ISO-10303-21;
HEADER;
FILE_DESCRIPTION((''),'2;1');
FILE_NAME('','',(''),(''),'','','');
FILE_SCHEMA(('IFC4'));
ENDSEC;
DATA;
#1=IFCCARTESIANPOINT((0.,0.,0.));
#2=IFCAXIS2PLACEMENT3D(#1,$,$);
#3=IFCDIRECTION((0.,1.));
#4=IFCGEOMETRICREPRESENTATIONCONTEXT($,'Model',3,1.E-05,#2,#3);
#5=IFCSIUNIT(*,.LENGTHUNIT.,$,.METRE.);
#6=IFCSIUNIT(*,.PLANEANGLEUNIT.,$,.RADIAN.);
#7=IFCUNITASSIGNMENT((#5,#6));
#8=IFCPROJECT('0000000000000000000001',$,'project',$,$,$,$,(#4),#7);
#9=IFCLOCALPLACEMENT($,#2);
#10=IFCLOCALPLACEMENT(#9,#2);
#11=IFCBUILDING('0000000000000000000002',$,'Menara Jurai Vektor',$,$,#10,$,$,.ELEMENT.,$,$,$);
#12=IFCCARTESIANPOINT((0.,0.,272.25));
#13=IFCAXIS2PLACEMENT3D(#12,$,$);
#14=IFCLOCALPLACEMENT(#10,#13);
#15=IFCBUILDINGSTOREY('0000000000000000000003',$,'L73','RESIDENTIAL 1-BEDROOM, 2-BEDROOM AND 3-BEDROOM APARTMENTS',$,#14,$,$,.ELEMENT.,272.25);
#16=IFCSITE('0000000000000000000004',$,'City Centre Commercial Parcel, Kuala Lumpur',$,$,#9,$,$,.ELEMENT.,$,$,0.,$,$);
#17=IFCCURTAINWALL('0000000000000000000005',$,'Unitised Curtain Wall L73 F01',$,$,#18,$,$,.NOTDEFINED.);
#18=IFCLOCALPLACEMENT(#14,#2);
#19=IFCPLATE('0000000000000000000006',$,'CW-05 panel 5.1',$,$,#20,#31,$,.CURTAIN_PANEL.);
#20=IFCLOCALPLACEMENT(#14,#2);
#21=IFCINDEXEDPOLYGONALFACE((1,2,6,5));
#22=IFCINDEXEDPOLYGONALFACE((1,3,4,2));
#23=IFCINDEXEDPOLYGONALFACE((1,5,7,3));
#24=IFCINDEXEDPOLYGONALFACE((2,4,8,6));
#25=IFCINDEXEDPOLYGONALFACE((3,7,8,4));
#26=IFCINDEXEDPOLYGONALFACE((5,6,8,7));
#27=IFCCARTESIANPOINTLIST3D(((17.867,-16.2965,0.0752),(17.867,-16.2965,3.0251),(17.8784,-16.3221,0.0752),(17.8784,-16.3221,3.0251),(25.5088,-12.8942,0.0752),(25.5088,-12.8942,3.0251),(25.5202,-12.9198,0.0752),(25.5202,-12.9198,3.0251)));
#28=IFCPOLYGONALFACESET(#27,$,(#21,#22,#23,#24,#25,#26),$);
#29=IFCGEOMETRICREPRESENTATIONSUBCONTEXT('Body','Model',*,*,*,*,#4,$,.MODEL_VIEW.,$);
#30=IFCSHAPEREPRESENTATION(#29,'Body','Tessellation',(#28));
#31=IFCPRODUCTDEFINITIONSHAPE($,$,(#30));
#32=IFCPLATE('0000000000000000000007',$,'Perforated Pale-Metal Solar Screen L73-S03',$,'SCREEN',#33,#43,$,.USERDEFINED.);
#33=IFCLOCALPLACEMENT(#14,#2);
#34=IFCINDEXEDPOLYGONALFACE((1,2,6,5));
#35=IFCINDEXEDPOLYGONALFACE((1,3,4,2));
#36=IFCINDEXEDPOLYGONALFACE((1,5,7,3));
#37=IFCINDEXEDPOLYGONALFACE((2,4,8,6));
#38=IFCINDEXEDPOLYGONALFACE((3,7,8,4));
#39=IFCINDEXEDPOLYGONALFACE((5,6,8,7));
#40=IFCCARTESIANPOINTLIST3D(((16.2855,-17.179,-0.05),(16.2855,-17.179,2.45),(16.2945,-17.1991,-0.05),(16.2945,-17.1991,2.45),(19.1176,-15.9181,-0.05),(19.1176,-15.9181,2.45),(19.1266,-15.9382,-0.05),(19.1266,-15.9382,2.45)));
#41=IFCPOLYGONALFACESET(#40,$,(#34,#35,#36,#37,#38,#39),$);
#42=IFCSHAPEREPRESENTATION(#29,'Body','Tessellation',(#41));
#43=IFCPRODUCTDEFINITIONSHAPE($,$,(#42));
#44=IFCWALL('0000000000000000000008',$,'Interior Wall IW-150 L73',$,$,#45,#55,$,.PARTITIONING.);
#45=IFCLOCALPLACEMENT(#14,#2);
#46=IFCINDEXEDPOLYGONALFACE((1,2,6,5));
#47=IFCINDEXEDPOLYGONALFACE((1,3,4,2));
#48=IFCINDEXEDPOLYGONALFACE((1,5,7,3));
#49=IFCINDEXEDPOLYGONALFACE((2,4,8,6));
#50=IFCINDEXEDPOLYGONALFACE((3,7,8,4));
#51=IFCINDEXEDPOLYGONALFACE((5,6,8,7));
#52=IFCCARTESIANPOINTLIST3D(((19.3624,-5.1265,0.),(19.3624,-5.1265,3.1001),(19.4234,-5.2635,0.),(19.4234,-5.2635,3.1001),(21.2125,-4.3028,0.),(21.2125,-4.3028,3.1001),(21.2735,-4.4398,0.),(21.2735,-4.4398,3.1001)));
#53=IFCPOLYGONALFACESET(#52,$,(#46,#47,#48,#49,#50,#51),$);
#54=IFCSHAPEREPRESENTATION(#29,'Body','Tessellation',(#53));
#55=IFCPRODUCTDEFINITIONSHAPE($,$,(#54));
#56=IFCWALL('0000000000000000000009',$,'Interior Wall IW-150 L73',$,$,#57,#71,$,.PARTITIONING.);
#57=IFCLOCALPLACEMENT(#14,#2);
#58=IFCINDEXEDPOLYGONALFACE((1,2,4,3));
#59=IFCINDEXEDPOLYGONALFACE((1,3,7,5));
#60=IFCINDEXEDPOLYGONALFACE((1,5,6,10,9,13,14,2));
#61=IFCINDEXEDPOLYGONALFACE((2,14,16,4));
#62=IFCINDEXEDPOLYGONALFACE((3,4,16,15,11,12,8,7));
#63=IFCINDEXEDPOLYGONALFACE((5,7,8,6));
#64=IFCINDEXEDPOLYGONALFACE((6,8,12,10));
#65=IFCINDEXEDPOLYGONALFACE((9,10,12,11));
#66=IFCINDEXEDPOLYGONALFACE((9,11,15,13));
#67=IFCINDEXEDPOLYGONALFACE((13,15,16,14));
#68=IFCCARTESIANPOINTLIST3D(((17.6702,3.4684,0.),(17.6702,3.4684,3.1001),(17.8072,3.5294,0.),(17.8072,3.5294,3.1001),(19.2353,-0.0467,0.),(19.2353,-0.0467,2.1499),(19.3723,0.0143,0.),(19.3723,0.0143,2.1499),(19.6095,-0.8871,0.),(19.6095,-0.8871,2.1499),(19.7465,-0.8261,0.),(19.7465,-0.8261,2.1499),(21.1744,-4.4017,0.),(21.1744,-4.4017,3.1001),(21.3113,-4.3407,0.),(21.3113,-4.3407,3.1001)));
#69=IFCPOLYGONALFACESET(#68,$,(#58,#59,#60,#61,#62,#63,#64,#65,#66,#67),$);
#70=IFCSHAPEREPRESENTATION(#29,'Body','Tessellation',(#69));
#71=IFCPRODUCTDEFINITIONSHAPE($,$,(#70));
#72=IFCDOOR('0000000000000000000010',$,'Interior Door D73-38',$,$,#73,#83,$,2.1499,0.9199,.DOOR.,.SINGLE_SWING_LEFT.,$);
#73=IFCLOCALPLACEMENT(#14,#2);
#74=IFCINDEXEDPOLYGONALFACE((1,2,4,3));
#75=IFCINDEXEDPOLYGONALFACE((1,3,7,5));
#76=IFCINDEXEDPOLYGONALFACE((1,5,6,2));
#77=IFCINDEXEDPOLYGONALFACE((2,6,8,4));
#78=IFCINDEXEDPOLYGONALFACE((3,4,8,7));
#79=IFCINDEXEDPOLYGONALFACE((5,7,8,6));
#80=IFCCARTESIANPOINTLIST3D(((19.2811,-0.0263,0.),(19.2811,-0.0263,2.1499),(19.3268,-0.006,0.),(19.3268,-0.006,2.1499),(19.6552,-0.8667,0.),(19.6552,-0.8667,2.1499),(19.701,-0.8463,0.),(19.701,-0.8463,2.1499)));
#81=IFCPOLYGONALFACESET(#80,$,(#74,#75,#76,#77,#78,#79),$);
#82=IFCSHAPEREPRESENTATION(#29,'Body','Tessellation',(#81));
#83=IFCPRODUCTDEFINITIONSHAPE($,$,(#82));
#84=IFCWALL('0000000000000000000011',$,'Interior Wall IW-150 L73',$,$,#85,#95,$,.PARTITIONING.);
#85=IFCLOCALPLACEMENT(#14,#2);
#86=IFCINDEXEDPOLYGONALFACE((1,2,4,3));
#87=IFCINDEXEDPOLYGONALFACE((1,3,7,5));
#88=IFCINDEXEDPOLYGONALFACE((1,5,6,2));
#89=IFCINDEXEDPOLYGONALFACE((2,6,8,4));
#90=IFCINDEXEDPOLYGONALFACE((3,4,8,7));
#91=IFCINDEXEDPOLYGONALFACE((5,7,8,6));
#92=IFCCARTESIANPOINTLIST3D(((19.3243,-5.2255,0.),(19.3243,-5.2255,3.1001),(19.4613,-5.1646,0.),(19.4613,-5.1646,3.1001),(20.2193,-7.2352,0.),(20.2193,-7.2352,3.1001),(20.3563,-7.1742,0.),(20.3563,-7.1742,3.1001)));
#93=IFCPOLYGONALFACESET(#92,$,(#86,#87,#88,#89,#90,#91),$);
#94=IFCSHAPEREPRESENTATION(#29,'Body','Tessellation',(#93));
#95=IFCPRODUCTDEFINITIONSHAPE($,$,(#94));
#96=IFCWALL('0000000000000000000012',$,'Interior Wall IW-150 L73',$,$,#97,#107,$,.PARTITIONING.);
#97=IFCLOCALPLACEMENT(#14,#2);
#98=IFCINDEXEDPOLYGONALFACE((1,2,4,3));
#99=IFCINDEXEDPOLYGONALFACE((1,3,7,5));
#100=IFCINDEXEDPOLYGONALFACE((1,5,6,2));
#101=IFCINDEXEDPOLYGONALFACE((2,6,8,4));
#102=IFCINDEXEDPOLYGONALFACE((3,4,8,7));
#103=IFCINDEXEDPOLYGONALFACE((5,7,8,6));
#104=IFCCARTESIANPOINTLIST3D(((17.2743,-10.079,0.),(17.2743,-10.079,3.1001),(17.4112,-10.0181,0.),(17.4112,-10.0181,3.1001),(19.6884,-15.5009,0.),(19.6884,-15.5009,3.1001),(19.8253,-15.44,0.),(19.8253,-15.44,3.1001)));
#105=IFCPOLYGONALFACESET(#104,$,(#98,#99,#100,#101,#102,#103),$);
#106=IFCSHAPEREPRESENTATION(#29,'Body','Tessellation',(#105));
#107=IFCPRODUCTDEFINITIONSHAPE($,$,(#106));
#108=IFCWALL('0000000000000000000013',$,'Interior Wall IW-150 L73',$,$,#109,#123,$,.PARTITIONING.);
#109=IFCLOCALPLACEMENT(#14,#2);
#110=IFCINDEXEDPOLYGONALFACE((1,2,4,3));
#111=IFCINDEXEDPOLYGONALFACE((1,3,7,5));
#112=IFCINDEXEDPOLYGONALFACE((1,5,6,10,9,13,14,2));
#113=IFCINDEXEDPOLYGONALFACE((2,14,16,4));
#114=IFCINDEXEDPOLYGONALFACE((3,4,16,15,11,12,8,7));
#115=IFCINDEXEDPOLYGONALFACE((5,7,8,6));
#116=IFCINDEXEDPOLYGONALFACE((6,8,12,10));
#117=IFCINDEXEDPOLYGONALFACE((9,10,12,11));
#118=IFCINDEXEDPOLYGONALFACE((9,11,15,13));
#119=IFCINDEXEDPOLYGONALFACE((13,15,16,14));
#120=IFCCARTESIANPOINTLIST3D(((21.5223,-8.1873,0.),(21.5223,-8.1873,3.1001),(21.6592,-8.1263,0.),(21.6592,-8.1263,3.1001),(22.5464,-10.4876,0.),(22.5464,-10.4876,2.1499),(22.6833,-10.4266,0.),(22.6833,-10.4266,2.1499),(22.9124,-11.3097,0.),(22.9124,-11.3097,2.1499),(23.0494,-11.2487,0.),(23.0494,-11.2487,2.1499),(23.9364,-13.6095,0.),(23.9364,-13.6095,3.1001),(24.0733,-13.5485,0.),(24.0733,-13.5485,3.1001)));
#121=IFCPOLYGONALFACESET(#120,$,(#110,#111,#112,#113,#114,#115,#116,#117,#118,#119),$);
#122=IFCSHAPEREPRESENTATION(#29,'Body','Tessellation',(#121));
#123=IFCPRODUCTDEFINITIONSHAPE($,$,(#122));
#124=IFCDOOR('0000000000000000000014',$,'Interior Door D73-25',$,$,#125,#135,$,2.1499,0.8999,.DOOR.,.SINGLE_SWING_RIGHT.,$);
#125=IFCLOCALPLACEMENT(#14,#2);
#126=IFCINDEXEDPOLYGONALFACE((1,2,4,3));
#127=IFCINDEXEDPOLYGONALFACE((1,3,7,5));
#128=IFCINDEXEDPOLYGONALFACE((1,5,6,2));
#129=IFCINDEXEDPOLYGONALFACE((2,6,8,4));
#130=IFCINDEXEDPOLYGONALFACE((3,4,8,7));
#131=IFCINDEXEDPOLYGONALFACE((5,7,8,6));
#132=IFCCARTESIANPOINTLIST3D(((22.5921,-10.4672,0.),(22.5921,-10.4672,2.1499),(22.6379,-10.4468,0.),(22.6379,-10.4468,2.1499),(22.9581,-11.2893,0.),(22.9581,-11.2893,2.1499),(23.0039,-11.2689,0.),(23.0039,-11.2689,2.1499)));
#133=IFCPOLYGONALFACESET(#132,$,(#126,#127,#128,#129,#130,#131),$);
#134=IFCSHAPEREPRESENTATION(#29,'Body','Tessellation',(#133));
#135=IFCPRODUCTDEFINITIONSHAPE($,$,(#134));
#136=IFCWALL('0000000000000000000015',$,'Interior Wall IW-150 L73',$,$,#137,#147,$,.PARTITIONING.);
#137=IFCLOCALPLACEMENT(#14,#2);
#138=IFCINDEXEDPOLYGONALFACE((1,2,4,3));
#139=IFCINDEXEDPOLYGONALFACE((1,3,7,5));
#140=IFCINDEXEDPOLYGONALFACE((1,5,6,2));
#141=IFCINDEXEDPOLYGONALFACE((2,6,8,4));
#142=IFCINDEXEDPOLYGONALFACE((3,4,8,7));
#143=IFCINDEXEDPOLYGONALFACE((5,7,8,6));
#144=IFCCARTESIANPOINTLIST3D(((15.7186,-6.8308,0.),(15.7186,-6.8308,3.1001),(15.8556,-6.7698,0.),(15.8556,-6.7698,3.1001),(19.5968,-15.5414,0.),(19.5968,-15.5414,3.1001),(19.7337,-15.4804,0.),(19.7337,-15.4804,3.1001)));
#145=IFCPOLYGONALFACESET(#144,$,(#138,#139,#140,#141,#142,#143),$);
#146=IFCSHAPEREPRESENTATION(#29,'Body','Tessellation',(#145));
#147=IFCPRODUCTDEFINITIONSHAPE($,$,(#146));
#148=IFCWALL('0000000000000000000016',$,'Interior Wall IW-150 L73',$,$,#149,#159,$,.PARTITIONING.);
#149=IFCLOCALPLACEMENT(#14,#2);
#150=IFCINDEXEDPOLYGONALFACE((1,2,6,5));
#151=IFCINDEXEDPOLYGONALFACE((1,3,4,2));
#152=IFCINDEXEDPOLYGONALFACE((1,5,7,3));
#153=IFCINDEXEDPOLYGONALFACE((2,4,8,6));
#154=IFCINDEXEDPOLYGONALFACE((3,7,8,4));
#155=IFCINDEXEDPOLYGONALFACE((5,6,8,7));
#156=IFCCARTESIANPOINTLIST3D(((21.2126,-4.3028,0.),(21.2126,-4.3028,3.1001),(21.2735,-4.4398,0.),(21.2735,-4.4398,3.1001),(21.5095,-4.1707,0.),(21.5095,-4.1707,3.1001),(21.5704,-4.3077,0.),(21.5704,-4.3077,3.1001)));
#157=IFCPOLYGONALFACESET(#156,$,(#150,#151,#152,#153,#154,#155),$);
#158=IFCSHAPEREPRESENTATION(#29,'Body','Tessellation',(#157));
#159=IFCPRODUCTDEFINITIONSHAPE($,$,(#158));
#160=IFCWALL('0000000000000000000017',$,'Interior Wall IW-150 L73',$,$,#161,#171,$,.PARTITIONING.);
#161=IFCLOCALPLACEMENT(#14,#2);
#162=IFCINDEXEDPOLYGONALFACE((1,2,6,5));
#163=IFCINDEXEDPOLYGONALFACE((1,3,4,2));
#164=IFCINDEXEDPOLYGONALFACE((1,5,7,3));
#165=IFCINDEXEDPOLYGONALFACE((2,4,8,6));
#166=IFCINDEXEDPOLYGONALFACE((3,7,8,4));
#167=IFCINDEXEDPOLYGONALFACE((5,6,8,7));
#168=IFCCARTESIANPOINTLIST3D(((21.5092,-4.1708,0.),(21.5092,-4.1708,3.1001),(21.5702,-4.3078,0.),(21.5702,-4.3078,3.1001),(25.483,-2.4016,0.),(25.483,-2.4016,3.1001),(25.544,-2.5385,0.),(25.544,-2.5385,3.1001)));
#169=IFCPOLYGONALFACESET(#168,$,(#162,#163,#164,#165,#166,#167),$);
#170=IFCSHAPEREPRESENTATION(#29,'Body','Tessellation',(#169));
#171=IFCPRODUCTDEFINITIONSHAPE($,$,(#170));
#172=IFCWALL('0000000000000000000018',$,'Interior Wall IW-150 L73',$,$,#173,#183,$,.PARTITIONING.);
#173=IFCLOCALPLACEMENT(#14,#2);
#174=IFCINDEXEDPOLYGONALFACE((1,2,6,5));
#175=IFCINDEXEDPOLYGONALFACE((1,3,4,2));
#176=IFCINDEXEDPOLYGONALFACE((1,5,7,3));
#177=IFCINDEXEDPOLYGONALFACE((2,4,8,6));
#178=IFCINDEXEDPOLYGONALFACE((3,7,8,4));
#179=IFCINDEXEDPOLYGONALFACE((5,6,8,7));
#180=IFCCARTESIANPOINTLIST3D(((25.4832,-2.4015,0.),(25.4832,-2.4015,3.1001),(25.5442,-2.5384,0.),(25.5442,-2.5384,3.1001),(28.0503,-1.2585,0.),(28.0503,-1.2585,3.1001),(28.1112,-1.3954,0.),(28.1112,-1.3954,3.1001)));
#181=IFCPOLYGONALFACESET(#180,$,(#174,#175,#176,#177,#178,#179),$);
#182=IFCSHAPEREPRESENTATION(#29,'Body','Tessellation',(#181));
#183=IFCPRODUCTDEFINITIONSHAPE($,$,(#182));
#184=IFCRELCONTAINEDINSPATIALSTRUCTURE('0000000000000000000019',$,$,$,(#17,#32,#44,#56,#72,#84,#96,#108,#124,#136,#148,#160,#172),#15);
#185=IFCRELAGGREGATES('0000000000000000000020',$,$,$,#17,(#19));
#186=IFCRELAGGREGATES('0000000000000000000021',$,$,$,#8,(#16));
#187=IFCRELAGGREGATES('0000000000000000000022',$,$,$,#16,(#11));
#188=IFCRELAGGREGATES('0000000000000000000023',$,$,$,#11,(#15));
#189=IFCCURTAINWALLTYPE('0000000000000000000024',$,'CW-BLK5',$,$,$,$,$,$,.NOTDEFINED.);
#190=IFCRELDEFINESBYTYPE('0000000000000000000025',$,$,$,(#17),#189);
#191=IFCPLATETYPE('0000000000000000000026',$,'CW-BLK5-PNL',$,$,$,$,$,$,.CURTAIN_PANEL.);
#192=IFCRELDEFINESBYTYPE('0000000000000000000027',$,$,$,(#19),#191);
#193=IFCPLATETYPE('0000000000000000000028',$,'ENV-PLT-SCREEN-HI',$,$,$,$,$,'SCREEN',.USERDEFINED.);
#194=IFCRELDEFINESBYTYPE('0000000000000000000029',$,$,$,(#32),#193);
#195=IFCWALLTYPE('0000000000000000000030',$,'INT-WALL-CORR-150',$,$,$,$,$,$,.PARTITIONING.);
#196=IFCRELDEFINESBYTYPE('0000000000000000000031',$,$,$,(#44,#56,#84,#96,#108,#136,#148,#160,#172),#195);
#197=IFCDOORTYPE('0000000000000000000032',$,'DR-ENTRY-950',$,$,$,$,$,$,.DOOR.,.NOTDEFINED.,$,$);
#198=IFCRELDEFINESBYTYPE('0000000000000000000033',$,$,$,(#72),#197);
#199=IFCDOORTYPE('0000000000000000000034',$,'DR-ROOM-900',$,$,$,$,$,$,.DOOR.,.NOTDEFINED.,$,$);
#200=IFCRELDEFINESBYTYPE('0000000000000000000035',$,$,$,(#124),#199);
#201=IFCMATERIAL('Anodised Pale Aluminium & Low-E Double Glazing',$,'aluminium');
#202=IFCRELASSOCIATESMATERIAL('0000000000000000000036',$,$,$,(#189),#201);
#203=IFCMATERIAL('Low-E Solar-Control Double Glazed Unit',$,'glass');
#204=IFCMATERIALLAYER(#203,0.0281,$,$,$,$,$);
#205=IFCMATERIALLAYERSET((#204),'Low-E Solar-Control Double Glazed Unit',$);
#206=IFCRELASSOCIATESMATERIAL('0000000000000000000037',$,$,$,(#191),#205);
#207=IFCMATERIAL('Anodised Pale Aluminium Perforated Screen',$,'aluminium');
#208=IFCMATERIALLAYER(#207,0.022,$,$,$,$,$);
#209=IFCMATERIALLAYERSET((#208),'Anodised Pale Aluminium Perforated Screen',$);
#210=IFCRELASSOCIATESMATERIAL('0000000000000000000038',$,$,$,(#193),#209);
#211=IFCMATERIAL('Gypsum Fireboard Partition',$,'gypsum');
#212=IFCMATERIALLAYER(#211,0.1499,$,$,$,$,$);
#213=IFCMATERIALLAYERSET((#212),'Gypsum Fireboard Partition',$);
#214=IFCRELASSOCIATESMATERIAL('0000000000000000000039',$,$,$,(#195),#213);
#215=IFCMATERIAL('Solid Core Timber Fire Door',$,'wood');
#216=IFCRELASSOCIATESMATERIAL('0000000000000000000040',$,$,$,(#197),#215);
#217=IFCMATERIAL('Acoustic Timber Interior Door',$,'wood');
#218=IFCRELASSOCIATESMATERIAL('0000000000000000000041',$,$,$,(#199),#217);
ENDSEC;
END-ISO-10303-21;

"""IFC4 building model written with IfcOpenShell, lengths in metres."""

from ifc_helpers import new_model, si_unit, direction, frame, frame_2d, origin, origin_2d, place, context, subcontext, project, spatial, rectangle, extrude, material, layer, layer_set, type_object, element, fill, aggregate, save


model = new_model("IFC4")

# Units and contexts
model_context = context("Model", 3, precision=1e-05, world=origin(), true_north=direction((0.0, 1.0)))
body_context = subcontext(model_context, "Body", "Model", "MODEL_VIEW")
ifc_project = project(units=[si_unit("LENGTHUNIT", "METRE"), si_unit("PLANEANGLEUNIT", "RADIAN")], contexts=[model_context])

# Site, building, storey
site_placement = place(None, origin())
site = spatial("IfcSite", under=ifc_project, at=site_placement, Name="City Centre Commercial Parcel, Kuala Lumpur", CompositionType="ELEMENT", RefElevation=0.0)
building_placement = place(site_placement, origin())
building = spatial("IfcBuilding", under=site, at=building_placement, Name="Menara Jurai Vektor", CompositionType="ELEMENT")
storey_placement = place(building_placement, frame((0.0, 0.0, 272.25)))
storey = spatial("IfcBuildingStorey", under=building, at=storey_placement, Name="L73", Description="RESIDENTIAL 1-BEDROOM, 2-BEDROOM AND 3-BEDROOM APARTMENTS", CompositionType="ELEMENT", Elevation=272.25)

# Curtain wall
ifc_material_1 = material(Name="Anodised Pale Aluminium & Low-E Double Glazing", Category="aluminium")
curtain_wall_type = type_object("IfcCurtainWallType", Name="CW-BLK5", PredefinedType="NOTDEFINED", material=ifc_material_1)
curtain_wall_placement = place(storey_placement, origin())
curtain_wall = element("IfcCurtainWall", 1, at=curtain_wall_placement, inside=storey, type_object=curtain_wall_type, Name="Unitised Curtain Wall L73 F01", PredefinedType="NOTDEFINED")

# Plates
ifc_material_2 = material(Name="Low-E Solar-Control Double Glazed Unit", Category="glass")
ifc_layer_1 = layer(ifc_material_2, 0.0281)
ifc_layer_set_1 = layer_set([ifc_layer_1], Name="Low-E Solar-Control Double Glazed Unit")
plate_type_1 = type_object("IfcPlateType", Name="CW-BLK5-PNL", PredefinedType="CURTAIN_PANEL", material=ifc_layer_set_1)
plate_1_placement = place(storey_placement, frame((21.6936, -14.6082, 0.0752), z_axis=(0.0, 0.0, 1.0), x_axis=(0.913546, 0.406735, 0.0)))
plate_1 = element("IfcPlate", 2, at=plate_1_placement, type_object=plate_type_1, Name="CW-05 panel 5.1", PredefinedType="CURTAIN_PANEL", context=body_context, shape_type="SweptSolid", body=[
    extrude(rectangle(XDim=8.365, YDim=0.0281, at=origin_2d()), origin(), (0.0, 0.0, 1.0), 2.95),
])
aggregate(curtain_wall, [plate_1])
ifc_material_3 = material(Name="Anodised Pale Aluminium Perforated Screen", Category="aluminium")
ifc_layer_2 = layer(ifc_material_3, 0.022)
ifc_layer_set_2 = layer_set([ifc_layer_2], Name="Anodised Pale Aluminium Perforated Screen")
plate_type_2 = type_object("IfcPlateType", Name="ENV-PLT-SCREEN-HI", ElementType="SCREEN", PredefinedType="USERDEFINED", material=ifc_layer_set_2)
plate_2_placement = place(storey_placement, frame((17.7061, -16.5586, -0.05), z_axis=(0.0, 0.0, 1.0), x_axis=(0.913545, 0.406737, 0.0)))
element("IfcPlate", 3, at=plate_2_placement, inside=storey, type_object=plate_type_2, Name="Perforated Pale-Metal Solar Screen L73-S03", ObjectType="SCREEN", PredefinedType="USERDEFINED", context=body_context, shape_type="SweptSolid", body=[
    extrude(rectangle(XDim=3.1001, YDim=0.022, at=origin_2d()), origin(), (0.0, 0.0, 1.0), 2.5),
])

# Wall
ifc_material_4 = material(Name="Gypsum Fireboard Partition", Category="gypsum")
ifc_layer_3 = layer(ifc_material_4, 0.1499)
ifc_layer_set_3 = layer_set([ifc_layer_3], Name="Gypsum Fireboard Partition")
wall_type_1 = type_object("IfcWallType", Name="INT-WALL-CORR-150", PredefinedType="PARTITIONING", material=ifc_layer_set_3)
wall_1_placement = place(storey_placement, frame((19.3928, -5.1951, 0.0), z_axis=(0.0, 0.0, 1.0), x_axis=(0.913543, 0.406742, 0.0)))
element("IfcWall", 4, at=wall_1_placement, inside=storey, type_object=wall_type_1, Name="Interior Wall IW-150 L73", PredefinedType="PARTITIONING", context=body_context, shape_type="SweptSolid", body=[
    extrude(rectangle(XDim=2.0251, YDim=0.1499, at=frame_2d((1.0127, 0.0))), origin(), (0.0, 0.0, 1.0), 3.1001),
])

# Wall, opening, door
wall_2_placement = place(storey_placement, frame((21.2429, -4.3713, 0.0), z_axis=(0.0, 0.0, 1.0), x_axis=(-0.406751, 0.913539, 0.0)))
wall_2 = element("IfcWall", 5, at=wall_2_placement, inside=storey, type_object=wall_type_1, Name="Interior Wall IW-150 L73", PredefinedType="PARTITIONING", context=body_context, shape_type="SweptSolid", body=[
    extrude(rectangle(XDim=8.615, YDim=0.1499, at=frame_2d((4.3076, 0.0))), origin(), (0.0, 0.0, 1.0), 3.1001),
])
opening_1_placement = place(wall_2_placement, frame((3.8474, 0.0, 0.0)))
opening_1 = element("IfcOpeningElement", 6, at=opening_1_placement, cuts=wall_2, PredefinedType="OPENING", context=body_context, shape_type="SweptSolid", body=[
    extrude(rectangle(XDim=0.9199, YDim=2.1499, at=frame_2d((0.46, 1.075))), frame((0.0, 0.085, 0.0), z_axis=(0.0, -1.0, 0.0), x_axis=(1.0, 0.0, 0.0)), (0.0, 0.0, 1.0), 0.1699),
])
ifc_material_5 = material(Name="Solid Core Timber Fire Door", Category="wood")
door_type_1 = type_object("IfcDoorType", Name="DR-ENTRY-950", OperationType="NOTDEFINED", PredefinedType="DOOR", material=ifc_material_5)
door_1_placement = place(opening_1_placement, origin())
door_1 = element("IfcDoor", 7, at=door_1_placement, inside=storey, type_object=door_type_1, Name="Interior Door D73-38", OperationType="SINGLE_SWING_LEFT", OverallHeight=2.1499, OverallWidth=0.9199, PredefinedType="DOOR", context=body_context, shape_type="SweptSolid", body=[
    extrude(rectangle(XDim=0.9199, YDim=2.1499, at=frame_2d((0.46, 1.075))), frame((0.0, 0.0249, 0.0), z_axis=(0.0, -1.0, 0.0), x_axis=(1.0, 0.0, 0.0)), (0.0, 0.0, 1.0), 0.05),
])
fill(opening_1, door_1)

# Wall
wall_3_placement = place(storey_placement, frame((20.2878, -7.2048, 0.0), z_axis=(0.0, 0.0, 1.0), x_axis=(-0.406818, 0.913509, 0.0)))
element("IfcWall", 8, at=wall_3_placement, inside=storey, type_object=wall_type_1, Name="Interior Wall IW-150 L73", PredefinedType="PARTITIONING", context=body_context, shape_type="SweptSolid", body=[
    extrude(rectangle(XDim=2.2, YDim=0.1499, at=frame_2d((1.1001, 0.0))), origin(), (0.0, 0.0, 1.0), 3.1001),
])

# Shared definitions
ifc_material_6 = material(Name="Acoustic Timber Interior Door", Category="wood")
door_type_2 = type_object("IfcDoorType", Name="DR-ROOM-900", OperationType="NOTDEFINED", PredefinedType="DOOR", material=ifc_material_6)

# Wall
wall_4_placement = place(storey_placement, frame((19.7568, -15.4705, 0.0), z_axis=(0.0, 0.0, 1.0), x_axis=(-0.406749, 0.91354, 0.0)))
element("IfcWall", 9, at=wall_4_placement, inside=storey, type_object=wall_type_1, Name="Interior Wall IW-150 L73", PredefinedType="PARTITIONING", context=body_context, shape_type="SweptSolid", body=[
    extrude(rectangle(XDim=5.9351, YDim=0.1499, at=frame_2d((2.9675, 0.0))), origin(), (0.0, 0.0, 1.0), 3.1001),
])

# Wall, opening, door
wall_5_placement = place(storey_placement, frame((24.0049, -13.5791, 0.0), z_axis=(0.0, 0.0, 1.0), x_axis=(-0.406734, 0.913547, 0.0)))
wall_5 = element("IfcWall", 10, at=wall_5_placement, inside=storey, type_object=wall_type_1, Name="Interior Wall IW-150 L73", PredefinedType="PARTITIONING", context=body_context, shape_type="SweptSolid", body=[
    extrude(rectangle(XDim=5.9353, YDim=0.1499, at=frame_2d((2.9678, 0.0))), origin(), (0.0, 0.0, 1.0), 3.1001),
])
opening_2_placement = place(wall_5_placement, frame((2.5176, 0.0, 0.0)))
opening_2 = element("IfcOpeningElement", 11, at=opening_2_placement, cuts=wall_5, PredefinedType="OPENING", context=body_context, shape_type="SweptSolid", body=[
    extrude(rectangle(XDim=0.8999, YDim=2.1499, at=frame_2d((0.45, 1.075))), frame((0.0, 0.085, 0.0), z_axis=(0.0, -1.0, 0.0), x_axis=(1.0, 0.0, 0.0)), (0.0, 0.0, 1.0), 0.1699),
])
door_2_placement = place(opening_2_placement, origin())
door_2 = element("IfcDoor", 12, at=door_2_placement, inside=storey, type_object=door_type_2, Name="Interior Door D73-25", OperationType="SINGLE_SWING_RIGHT", OverallHeight=2.1499, OverallWidth=0.8999, PredefinedType="DOOR", context=body_context, shape_type="SweptSolid", body=[
    extrude(rectangle(XDim=0.8999, YDim=2.1499, at=frame_2d((0.45, 1.075))), frame((0.0, 0.0249, 0.0), z_axis=(0.0, -1.0, 0.0), x_axis=(1.0, 0.0, 0.0)), (0.0, 0.0, 1.0), 0.05),
])
fill(opening_2, door_2)

# Walls
wall_6_placement = place(storey_placement, frame((19.6653, -15.511, 0.0), z_axis=(0.0, 0.0, 1.0), x_axis=(-0.40673, 0.913548, 0.0)))
element("IfcWall", 13, at=wall_6_placement, inside=storey, type_object=wall_type_1, Name="Interior Wall IW-150 L73", PredefinedType="PARTITIONING", context=body_context, shape_type="SweptSolid", body=[
    extrude(rectangle(XDim=9.5349, YDim=0.1499, at=frame_2d((4.7676, 0.0))), origin(), (0.0, 0.0, 1.0), 3.1001),
])
wall_7_placement = place(storey_placement, frame((21.2429, -4.3713, 0.0), z_axis=(0.0, 0.0, 1.0), x_axis=(0.913657, 0.406487, 0.0)))
element("IfcWall", 14, at=wall_7_placement, inside=storey, type_object=wall_type_1, Name="Interior Wall IW-150 L73", PredefinedType="PARTITIONING", context=body_context, shape_type="SweptSolid", body=[
    extrude(rectangle(XDim=0.325, YDim=0.1499, at=frame_2d((0.1626, 0.0))), origin(), (0.0, 0.0, 1.0), 3.1001),
])
wall_8_placement = place(storey_placement, frame((21.5398, -4.2393, 0.0), z_axis=(0.0, 0.0, 1.0), x_axis=(0.913545, 0.406737, 0.0)))
element("IfcWall", 15, at=wall_8_placement, inside=storey, type_object=wall_type_1, Name="Interior Wall IW-150 L73", PredefinedType="PARTITIONING", context=body_context, shape_type="SweptSolid", body=[
    extrude(rectangle(XDim=4.3499, YDim=0.1499, at=frame_2d((2.1748, 0.0))), origin(), (0.0, 0.0, 1.0), 3.1001),
])
wall_9_placement = place(storey_placement, frame((25.5137, -2.47, 0.0), z_axis=(0.0, 0.0, 1.0), x_axis=(0.913532, 0.406767, 0.0)))
element("IfcWall", 16, at=wall_9_placement, inside=storey, type_object=wall_type_1, Name="Interior Wall IW-150 L73", PredefinedType="PARTITIONING", context=body_context, shape_type="SweptSolid", body=[
    extrude(rectangle(XDim=2.8101, YDim=0.1499, at=frame_2d((1.405, 0.0))), origin(), (0.0, 0.0, 1.0), 3.1001),
])

save(model, "model.ifc")
